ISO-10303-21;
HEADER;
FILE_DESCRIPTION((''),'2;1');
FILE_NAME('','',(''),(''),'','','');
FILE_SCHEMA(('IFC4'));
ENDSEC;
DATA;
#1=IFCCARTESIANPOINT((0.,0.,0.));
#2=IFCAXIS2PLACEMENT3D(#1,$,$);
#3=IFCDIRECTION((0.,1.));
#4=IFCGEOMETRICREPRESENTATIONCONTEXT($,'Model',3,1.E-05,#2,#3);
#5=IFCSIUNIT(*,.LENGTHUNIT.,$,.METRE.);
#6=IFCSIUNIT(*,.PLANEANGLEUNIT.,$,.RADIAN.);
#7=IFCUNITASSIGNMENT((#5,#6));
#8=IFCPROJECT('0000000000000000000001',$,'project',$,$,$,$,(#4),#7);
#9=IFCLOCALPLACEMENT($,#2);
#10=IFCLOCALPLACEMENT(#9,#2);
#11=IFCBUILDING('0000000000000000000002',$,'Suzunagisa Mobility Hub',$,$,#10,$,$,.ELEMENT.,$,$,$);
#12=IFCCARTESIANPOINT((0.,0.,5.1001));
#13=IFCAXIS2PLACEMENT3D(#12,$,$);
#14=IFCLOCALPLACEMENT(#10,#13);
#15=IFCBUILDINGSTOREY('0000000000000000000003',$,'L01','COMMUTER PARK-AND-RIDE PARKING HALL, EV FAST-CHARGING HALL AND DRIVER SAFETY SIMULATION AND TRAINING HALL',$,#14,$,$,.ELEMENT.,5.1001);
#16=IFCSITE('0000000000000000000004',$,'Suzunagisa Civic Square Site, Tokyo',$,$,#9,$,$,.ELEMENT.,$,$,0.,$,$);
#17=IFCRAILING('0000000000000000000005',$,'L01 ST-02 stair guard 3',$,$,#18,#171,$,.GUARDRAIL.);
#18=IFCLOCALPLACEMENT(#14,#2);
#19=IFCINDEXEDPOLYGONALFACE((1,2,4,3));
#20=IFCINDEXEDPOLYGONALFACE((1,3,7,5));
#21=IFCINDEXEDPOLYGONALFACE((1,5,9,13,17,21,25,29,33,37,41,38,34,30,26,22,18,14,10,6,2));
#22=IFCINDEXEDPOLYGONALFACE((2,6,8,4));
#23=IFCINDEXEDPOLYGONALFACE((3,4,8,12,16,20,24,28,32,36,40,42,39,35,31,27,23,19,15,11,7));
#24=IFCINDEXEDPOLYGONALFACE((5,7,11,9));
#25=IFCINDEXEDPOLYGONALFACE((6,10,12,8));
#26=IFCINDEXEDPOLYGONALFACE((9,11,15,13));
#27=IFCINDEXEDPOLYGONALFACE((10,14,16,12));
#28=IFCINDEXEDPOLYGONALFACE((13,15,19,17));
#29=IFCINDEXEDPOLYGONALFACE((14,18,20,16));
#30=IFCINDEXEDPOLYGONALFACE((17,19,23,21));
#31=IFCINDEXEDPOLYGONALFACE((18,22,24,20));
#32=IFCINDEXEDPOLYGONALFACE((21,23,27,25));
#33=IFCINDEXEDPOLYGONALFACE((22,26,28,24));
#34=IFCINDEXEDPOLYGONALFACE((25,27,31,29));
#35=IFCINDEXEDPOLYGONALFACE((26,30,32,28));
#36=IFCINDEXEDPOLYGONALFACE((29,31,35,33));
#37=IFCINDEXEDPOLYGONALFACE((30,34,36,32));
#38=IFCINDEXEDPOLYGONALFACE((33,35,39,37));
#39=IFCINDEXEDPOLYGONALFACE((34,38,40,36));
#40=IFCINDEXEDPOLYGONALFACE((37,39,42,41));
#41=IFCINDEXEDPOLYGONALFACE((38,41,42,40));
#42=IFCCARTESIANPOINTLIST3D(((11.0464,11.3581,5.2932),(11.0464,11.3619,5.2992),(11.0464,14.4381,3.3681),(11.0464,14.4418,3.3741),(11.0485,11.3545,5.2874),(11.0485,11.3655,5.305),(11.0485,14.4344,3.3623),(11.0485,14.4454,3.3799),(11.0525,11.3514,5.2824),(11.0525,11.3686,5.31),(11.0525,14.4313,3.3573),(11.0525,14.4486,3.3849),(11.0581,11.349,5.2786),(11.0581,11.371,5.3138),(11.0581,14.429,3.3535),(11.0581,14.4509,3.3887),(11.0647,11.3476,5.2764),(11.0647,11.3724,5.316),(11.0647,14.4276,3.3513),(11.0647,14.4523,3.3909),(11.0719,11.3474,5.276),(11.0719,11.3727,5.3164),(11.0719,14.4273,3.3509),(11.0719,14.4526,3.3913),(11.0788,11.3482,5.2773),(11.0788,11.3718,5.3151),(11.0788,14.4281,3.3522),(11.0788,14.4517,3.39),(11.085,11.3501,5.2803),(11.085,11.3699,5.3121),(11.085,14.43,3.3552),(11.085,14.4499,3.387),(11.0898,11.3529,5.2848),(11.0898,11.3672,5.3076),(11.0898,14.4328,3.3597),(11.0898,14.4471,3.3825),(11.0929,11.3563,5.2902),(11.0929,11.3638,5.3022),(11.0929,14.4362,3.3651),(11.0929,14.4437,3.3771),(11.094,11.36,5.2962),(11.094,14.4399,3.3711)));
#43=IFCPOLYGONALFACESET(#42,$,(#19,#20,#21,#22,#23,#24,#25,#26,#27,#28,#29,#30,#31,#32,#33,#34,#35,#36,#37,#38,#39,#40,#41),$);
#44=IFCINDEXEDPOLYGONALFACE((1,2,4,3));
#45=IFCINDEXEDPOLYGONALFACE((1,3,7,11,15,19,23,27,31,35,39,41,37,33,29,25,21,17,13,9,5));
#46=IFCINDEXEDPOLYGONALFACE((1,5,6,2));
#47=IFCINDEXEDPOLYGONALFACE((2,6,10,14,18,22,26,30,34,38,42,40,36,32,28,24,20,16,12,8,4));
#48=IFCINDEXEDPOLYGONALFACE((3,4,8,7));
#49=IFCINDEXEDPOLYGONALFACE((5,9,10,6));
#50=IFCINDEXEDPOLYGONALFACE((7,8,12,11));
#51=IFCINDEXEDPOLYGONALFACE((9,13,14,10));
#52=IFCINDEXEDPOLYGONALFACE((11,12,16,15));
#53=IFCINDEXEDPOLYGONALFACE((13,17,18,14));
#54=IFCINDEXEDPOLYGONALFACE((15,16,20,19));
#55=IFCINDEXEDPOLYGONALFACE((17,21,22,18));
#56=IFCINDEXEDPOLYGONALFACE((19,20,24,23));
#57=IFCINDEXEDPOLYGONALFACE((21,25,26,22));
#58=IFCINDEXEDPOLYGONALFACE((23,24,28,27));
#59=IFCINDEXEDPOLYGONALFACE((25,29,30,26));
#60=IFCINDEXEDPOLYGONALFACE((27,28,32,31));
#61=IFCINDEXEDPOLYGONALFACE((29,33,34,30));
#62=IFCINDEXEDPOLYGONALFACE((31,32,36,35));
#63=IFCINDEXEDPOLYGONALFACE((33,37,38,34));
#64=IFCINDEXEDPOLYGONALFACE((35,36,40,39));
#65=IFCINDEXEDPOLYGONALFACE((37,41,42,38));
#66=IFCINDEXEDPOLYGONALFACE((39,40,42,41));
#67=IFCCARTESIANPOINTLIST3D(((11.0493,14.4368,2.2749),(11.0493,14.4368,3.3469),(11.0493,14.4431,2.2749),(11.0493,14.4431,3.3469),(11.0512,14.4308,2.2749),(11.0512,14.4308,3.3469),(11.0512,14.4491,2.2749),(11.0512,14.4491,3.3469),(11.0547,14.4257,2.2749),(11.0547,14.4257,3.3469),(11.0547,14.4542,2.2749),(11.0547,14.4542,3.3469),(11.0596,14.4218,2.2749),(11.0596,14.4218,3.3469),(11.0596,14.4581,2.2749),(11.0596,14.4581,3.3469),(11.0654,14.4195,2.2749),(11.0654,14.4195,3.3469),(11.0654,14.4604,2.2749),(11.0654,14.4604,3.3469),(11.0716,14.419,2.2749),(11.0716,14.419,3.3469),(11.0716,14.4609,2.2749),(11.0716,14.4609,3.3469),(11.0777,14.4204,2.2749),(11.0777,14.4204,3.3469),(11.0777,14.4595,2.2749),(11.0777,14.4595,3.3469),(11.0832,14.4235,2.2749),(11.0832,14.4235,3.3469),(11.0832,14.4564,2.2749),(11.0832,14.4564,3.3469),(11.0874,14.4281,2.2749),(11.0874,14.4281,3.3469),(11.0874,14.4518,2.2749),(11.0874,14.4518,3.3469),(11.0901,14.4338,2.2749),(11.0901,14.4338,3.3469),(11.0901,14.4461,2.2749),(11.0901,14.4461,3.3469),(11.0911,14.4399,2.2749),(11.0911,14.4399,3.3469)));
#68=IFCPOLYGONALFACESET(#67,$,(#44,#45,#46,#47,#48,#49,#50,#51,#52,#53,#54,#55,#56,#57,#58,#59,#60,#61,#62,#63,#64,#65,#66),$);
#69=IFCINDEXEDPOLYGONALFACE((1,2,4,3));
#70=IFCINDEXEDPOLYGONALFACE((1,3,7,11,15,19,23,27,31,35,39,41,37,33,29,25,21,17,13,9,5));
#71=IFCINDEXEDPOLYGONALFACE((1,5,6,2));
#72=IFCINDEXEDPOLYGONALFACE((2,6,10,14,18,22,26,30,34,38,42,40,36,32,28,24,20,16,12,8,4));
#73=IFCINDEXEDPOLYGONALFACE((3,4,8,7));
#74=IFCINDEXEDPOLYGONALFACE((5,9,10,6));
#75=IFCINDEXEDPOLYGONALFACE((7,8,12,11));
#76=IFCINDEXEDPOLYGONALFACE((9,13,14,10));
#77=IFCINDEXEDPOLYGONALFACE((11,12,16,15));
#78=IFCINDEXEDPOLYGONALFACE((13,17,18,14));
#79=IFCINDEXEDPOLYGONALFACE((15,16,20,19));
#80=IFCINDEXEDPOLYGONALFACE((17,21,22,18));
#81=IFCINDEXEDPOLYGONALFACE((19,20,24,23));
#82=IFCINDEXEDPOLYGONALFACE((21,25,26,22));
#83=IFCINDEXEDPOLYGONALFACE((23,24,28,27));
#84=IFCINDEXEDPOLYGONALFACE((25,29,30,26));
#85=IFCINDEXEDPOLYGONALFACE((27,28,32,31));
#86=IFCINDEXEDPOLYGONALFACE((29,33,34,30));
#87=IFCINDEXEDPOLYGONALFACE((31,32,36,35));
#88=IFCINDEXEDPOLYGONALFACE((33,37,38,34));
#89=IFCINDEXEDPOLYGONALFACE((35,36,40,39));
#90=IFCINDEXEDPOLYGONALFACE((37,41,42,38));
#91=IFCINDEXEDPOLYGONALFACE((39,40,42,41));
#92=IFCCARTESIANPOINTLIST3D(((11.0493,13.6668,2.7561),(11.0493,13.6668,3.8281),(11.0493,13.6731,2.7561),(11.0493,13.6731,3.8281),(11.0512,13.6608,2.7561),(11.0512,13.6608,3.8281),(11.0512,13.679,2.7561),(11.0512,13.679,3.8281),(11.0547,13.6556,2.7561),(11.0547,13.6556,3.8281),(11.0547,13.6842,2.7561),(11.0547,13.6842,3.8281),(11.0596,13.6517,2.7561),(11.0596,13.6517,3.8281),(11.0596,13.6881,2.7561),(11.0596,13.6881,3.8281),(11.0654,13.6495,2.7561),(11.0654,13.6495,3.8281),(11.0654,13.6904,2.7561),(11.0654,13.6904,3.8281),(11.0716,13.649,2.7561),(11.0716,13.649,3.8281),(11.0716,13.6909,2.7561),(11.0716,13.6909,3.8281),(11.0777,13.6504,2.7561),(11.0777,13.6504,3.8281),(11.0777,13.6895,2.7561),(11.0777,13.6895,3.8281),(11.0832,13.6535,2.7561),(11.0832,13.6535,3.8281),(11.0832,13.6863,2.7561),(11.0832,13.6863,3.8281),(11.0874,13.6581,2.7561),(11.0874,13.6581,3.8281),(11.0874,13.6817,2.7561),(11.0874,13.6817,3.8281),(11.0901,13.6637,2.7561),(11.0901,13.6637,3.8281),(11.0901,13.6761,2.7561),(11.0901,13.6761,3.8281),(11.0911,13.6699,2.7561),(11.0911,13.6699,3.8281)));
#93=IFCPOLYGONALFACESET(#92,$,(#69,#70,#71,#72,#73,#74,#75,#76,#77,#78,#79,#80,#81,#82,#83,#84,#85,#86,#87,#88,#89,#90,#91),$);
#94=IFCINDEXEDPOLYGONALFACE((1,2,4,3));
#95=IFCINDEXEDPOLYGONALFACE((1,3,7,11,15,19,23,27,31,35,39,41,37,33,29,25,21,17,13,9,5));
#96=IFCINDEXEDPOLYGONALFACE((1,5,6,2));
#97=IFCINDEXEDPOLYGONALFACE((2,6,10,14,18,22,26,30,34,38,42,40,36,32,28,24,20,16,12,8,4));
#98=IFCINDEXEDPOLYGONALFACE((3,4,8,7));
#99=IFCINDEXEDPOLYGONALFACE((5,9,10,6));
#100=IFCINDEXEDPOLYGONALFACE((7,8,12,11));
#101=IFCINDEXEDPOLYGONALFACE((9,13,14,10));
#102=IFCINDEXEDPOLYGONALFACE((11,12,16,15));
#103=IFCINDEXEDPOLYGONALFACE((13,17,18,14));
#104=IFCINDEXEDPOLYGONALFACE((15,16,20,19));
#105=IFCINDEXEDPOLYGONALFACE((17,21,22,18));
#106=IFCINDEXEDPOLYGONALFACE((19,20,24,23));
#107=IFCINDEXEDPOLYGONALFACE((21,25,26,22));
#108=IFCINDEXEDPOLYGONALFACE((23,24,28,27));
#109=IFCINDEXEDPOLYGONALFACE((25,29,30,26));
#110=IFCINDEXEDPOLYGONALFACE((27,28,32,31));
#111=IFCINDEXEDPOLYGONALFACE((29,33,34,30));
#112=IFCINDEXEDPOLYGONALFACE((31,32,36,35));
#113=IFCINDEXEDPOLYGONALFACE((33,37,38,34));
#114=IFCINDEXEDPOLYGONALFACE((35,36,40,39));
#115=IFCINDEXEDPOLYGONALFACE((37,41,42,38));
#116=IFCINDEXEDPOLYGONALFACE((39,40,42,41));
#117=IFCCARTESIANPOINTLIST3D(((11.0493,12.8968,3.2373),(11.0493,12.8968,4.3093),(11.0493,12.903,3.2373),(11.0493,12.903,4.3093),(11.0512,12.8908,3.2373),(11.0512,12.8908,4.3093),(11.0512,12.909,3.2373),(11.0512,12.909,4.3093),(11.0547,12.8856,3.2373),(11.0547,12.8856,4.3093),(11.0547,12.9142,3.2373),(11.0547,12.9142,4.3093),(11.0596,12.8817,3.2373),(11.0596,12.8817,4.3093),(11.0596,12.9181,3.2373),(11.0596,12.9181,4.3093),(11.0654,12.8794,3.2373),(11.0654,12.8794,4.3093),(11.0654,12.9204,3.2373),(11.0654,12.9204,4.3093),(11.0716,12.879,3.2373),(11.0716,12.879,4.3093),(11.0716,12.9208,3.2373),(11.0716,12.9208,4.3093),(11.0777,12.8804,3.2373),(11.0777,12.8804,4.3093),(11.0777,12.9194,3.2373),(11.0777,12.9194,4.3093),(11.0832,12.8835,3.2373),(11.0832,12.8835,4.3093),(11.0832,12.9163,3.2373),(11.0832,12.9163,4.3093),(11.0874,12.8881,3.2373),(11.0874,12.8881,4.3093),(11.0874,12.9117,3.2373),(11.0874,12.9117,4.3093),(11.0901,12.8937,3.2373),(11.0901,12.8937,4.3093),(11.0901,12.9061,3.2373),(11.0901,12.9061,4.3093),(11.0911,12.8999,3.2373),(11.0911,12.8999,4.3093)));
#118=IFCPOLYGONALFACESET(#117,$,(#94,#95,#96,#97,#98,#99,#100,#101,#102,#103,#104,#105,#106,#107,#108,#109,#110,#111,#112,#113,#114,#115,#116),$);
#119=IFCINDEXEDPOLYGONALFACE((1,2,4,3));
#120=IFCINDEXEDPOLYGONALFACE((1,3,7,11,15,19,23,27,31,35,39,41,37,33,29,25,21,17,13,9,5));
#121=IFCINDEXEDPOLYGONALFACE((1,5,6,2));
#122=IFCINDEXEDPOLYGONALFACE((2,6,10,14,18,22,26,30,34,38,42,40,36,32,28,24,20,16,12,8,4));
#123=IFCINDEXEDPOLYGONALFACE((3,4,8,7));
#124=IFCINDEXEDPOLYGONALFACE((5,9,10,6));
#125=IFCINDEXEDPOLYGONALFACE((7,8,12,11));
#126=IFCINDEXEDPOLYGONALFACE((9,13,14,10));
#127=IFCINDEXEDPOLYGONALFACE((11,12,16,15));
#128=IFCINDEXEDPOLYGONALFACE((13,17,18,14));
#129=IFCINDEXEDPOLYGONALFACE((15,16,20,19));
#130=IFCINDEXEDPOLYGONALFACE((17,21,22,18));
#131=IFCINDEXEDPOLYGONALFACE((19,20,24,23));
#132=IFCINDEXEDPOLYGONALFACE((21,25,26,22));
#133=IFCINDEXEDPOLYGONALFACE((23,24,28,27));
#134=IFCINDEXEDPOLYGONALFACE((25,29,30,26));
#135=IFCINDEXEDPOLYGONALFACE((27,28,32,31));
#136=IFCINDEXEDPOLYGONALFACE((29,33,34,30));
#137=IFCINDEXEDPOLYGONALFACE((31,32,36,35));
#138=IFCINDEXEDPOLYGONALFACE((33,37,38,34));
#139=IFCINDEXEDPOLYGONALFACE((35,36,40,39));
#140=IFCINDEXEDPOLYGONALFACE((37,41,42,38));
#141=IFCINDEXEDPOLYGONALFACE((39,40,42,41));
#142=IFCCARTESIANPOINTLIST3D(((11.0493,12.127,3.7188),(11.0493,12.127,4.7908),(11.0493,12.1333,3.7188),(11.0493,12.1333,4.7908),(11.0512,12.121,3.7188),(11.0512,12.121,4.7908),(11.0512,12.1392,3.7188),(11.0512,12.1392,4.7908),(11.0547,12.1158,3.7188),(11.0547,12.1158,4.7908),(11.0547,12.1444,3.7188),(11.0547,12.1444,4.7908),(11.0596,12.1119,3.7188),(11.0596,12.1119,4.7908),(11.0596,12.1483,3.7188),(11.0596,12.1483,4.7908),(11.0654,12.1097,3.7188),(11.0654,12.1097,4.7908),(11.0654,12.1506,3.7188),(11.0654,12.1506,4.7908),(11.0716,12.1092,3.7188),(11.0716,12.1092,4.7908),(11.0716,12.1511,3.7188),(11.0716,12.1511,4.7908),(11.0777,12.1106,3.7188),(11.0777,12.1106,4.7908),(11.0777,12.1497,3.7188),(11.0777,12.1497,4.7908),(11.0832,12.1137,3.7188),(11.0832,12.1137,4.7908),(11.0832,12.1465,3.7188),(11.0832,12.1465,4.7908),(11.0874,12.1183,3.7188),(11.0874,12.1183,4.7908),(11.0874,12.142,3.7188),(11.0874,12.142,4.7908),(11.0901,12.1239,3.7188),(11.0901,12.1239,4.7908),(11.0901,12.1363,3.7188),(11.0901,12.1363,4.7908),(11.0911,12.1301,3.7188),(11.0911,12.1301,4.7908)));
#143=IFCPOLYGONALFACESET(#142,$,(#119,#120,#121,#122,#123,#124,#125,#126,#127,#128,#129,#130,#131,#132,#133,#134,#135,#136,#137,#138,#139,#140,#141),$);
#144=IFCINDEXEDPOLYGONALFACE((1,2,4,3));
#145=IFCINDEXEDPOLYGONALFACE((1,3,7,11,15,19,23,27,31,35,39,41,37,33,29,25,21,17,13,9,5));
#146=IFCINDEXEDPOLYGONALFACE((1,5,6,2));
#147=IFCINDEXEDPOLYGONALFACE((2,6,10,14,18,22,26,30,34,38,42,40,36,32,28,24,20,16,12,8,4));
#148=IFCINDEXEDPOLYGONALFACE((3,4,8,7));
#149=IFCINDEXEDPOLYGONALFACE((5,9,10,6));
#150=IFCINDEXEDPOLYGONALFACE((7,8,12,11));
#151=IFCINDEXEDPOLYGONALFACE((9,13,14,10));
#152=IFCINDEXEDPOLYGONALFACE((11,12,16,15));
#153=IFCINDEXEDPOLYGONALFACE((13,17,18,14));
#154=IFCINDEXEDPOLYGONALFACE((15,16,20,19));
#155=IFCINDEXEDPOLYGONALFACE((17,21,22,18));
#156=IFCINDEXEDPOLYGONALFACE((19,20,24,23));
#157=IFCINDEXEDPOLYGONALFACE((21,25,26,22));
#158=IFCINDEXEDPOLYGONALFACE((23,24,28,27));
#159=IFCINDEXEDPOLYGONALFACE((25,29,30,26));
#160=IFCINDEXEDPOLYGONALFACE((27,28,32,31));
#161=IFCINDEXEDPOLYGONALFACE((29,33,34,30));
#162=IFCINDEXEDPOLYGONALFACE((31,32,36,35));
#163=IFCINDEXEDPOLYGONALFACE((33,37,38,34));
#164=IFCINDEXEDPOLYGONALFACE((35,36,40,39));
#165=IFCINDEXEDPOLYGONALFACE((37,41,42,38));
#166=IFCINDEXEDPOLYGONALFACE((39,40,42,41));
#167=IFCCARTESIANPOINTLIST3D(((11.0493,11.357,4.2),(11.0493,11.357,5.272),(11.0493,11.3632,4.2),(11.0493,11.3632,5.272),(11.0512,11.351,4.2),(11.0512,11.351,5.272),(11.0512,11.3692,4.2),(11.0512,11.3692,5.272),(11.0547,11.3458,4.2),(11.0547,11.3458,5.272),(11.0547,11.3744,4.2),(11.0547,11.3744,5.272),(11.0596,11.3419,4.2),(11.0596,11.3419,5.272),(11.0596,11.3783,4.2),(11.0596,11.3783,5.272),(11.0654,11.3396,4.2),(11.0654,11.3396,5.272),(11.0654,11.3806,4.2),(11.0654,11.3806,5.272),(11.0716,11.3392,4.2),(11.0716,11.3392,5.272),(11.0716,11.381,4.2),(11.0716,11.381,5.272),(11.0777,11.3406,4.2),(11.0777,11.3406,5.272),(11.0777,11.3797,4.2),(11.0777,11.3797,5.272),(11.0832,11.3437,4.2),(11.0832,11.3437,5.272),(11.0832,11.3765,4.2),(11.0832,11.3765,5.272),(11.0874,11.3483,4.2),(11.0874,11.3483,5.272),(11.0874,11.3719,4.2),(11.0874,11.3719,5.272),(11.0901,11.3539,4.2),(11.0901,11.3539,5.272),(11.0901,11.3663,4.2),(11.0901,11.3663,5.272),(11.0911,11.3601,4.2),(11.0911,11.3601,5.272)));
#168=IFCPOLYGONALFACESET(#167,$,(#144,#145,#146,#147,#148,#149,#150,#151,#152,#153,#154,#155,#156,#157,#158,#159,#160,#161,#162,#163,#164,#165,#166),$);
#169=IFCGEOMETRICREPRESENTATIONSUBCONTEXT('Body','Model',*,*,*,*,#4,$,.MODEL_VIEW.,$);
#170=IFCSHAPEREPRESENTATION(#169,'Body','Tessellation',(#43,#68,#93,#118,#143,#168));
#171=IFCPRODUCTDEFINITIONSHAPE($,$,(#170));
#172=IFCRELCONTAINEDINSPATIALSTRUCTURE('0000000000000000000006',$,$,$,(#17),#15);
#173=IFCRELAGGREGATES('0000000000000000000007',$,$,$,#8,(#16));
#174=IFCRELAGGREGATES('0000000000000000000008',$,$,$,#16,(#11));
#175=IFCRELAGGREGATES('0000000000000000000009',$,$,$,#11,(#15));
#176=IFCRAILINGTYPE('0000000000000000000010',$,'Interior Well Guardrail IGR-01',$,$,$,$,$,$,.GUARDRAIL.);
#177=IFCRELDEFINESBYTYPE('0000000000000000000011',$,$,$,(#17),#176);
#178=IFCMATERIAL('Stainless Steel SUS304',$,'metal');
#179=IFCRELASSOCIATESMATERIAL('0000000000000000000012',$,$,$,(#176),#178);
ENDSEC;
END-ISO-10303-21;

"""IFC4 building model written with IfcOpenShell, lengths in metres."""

from ifc_helpers import new_model, si_unit, direction, frame, origin, origin_2d, place, context, subcontext, project, spatial, circle, extrude, material, type_object, element, save


model = new_model("IFC4")

# Units and contexts
model_context = context("Model", 3, precision=1e-05, world=origin(), true_north=direction((0.0, 1.0)))
body_context = subcontext(model_context, "Body", "Model", "MODEL_VIEW")
ifc_project = project(units=[si_unit("LENGTHUNIT", "METRE"), si_unit("PLANEANGLEUNIT", "RADIAN")], contexts=[model_context])

# Site, building, storey
site_placement = place(None, origin())
site = spatial("IfcSite", under=ifc_project, at=site_placement, Name="Suzunagisa Civic Square Site, Tokyo", CompositionType="ELEMENT", RefElevation=0.0)
building_placement = place(site_placement, origin())
building = spatial("IfcBuilding", under=site, at=building_placement, Name="Suzunagisa Mobility Hub", CompositionType="ELEMENT")
storey_placement = place(building_placement, frame((0.0, 0.0, 5.1001)))
storey = spatial("IfcBuildingStorey", under=building, at=storey_placement, Name="L01", Description="COMMUTER PARK-AND-RIDE PARKING HALL, EV FAST-CHARGING HALL AND DRIVER SAFETY SIMULATION AND TRAINING HALL", CompositionType="ELEMENT", Elevation=5.1001)

# Railing
ifc_material_1 = material(Name="Stainless Steel SUS304", Category="metal")
railing_type_1 = type_object("IfcRailingType", Name="Interior Well Guardrail IGR-01", PredefinedType="GUARDRAIL", material=ifc_material_1)
railing_1_placement = place(storey_placement, frame((11.0701, 14.4399, 2.2749)))
element("IfcRailing", 1, at=railing_1_placement, inside=storey, type_object=railing_type_1, Name="L01 ST-02 stair guard 3", PredefinedType="GUARDRAIL", context=body_context, shape_type="SweptSolid", body=[
    extrude(circle(Radius=0.0239, at=origin_2d()), frame((0.0, 0.0, 1.0962), z_axis=(0.0, -0.847979, 0.530029), x_axis=(1.0, 0.0, 0.0)), (0.0, 0.0, 1.0), 3.6321),
    extrude(circle(Radius=0.021, at=origin_2d()), origin(), (0.0, 0.0, 1.0), 1.072),
    extrude(circle(Radius=0.021, at=origin_2d()), frame((0.0, -0.77, 0.4812)), (0.0, 0.0, 1.0), 1.072),
    extrude(circle(Radius=0.021, at=origin_2d()), frame((0.0, -1.54, 0.9624)), (0.0, 0.0, 1.0), 1.072),
    extrude(circle(Radius=0.021, at=origin_2d()), frame((0.0, -2.3098, 1.4438)), (0.0, 0.0, 1.0), 1.072),
    extrude(circle(Radius=0.021, at=origin_2d()), frame((0.0, -3.0798, 1.925)), (0.0, 0.0, 1.0), 1.072),
])

save(model, "model.ifc")
